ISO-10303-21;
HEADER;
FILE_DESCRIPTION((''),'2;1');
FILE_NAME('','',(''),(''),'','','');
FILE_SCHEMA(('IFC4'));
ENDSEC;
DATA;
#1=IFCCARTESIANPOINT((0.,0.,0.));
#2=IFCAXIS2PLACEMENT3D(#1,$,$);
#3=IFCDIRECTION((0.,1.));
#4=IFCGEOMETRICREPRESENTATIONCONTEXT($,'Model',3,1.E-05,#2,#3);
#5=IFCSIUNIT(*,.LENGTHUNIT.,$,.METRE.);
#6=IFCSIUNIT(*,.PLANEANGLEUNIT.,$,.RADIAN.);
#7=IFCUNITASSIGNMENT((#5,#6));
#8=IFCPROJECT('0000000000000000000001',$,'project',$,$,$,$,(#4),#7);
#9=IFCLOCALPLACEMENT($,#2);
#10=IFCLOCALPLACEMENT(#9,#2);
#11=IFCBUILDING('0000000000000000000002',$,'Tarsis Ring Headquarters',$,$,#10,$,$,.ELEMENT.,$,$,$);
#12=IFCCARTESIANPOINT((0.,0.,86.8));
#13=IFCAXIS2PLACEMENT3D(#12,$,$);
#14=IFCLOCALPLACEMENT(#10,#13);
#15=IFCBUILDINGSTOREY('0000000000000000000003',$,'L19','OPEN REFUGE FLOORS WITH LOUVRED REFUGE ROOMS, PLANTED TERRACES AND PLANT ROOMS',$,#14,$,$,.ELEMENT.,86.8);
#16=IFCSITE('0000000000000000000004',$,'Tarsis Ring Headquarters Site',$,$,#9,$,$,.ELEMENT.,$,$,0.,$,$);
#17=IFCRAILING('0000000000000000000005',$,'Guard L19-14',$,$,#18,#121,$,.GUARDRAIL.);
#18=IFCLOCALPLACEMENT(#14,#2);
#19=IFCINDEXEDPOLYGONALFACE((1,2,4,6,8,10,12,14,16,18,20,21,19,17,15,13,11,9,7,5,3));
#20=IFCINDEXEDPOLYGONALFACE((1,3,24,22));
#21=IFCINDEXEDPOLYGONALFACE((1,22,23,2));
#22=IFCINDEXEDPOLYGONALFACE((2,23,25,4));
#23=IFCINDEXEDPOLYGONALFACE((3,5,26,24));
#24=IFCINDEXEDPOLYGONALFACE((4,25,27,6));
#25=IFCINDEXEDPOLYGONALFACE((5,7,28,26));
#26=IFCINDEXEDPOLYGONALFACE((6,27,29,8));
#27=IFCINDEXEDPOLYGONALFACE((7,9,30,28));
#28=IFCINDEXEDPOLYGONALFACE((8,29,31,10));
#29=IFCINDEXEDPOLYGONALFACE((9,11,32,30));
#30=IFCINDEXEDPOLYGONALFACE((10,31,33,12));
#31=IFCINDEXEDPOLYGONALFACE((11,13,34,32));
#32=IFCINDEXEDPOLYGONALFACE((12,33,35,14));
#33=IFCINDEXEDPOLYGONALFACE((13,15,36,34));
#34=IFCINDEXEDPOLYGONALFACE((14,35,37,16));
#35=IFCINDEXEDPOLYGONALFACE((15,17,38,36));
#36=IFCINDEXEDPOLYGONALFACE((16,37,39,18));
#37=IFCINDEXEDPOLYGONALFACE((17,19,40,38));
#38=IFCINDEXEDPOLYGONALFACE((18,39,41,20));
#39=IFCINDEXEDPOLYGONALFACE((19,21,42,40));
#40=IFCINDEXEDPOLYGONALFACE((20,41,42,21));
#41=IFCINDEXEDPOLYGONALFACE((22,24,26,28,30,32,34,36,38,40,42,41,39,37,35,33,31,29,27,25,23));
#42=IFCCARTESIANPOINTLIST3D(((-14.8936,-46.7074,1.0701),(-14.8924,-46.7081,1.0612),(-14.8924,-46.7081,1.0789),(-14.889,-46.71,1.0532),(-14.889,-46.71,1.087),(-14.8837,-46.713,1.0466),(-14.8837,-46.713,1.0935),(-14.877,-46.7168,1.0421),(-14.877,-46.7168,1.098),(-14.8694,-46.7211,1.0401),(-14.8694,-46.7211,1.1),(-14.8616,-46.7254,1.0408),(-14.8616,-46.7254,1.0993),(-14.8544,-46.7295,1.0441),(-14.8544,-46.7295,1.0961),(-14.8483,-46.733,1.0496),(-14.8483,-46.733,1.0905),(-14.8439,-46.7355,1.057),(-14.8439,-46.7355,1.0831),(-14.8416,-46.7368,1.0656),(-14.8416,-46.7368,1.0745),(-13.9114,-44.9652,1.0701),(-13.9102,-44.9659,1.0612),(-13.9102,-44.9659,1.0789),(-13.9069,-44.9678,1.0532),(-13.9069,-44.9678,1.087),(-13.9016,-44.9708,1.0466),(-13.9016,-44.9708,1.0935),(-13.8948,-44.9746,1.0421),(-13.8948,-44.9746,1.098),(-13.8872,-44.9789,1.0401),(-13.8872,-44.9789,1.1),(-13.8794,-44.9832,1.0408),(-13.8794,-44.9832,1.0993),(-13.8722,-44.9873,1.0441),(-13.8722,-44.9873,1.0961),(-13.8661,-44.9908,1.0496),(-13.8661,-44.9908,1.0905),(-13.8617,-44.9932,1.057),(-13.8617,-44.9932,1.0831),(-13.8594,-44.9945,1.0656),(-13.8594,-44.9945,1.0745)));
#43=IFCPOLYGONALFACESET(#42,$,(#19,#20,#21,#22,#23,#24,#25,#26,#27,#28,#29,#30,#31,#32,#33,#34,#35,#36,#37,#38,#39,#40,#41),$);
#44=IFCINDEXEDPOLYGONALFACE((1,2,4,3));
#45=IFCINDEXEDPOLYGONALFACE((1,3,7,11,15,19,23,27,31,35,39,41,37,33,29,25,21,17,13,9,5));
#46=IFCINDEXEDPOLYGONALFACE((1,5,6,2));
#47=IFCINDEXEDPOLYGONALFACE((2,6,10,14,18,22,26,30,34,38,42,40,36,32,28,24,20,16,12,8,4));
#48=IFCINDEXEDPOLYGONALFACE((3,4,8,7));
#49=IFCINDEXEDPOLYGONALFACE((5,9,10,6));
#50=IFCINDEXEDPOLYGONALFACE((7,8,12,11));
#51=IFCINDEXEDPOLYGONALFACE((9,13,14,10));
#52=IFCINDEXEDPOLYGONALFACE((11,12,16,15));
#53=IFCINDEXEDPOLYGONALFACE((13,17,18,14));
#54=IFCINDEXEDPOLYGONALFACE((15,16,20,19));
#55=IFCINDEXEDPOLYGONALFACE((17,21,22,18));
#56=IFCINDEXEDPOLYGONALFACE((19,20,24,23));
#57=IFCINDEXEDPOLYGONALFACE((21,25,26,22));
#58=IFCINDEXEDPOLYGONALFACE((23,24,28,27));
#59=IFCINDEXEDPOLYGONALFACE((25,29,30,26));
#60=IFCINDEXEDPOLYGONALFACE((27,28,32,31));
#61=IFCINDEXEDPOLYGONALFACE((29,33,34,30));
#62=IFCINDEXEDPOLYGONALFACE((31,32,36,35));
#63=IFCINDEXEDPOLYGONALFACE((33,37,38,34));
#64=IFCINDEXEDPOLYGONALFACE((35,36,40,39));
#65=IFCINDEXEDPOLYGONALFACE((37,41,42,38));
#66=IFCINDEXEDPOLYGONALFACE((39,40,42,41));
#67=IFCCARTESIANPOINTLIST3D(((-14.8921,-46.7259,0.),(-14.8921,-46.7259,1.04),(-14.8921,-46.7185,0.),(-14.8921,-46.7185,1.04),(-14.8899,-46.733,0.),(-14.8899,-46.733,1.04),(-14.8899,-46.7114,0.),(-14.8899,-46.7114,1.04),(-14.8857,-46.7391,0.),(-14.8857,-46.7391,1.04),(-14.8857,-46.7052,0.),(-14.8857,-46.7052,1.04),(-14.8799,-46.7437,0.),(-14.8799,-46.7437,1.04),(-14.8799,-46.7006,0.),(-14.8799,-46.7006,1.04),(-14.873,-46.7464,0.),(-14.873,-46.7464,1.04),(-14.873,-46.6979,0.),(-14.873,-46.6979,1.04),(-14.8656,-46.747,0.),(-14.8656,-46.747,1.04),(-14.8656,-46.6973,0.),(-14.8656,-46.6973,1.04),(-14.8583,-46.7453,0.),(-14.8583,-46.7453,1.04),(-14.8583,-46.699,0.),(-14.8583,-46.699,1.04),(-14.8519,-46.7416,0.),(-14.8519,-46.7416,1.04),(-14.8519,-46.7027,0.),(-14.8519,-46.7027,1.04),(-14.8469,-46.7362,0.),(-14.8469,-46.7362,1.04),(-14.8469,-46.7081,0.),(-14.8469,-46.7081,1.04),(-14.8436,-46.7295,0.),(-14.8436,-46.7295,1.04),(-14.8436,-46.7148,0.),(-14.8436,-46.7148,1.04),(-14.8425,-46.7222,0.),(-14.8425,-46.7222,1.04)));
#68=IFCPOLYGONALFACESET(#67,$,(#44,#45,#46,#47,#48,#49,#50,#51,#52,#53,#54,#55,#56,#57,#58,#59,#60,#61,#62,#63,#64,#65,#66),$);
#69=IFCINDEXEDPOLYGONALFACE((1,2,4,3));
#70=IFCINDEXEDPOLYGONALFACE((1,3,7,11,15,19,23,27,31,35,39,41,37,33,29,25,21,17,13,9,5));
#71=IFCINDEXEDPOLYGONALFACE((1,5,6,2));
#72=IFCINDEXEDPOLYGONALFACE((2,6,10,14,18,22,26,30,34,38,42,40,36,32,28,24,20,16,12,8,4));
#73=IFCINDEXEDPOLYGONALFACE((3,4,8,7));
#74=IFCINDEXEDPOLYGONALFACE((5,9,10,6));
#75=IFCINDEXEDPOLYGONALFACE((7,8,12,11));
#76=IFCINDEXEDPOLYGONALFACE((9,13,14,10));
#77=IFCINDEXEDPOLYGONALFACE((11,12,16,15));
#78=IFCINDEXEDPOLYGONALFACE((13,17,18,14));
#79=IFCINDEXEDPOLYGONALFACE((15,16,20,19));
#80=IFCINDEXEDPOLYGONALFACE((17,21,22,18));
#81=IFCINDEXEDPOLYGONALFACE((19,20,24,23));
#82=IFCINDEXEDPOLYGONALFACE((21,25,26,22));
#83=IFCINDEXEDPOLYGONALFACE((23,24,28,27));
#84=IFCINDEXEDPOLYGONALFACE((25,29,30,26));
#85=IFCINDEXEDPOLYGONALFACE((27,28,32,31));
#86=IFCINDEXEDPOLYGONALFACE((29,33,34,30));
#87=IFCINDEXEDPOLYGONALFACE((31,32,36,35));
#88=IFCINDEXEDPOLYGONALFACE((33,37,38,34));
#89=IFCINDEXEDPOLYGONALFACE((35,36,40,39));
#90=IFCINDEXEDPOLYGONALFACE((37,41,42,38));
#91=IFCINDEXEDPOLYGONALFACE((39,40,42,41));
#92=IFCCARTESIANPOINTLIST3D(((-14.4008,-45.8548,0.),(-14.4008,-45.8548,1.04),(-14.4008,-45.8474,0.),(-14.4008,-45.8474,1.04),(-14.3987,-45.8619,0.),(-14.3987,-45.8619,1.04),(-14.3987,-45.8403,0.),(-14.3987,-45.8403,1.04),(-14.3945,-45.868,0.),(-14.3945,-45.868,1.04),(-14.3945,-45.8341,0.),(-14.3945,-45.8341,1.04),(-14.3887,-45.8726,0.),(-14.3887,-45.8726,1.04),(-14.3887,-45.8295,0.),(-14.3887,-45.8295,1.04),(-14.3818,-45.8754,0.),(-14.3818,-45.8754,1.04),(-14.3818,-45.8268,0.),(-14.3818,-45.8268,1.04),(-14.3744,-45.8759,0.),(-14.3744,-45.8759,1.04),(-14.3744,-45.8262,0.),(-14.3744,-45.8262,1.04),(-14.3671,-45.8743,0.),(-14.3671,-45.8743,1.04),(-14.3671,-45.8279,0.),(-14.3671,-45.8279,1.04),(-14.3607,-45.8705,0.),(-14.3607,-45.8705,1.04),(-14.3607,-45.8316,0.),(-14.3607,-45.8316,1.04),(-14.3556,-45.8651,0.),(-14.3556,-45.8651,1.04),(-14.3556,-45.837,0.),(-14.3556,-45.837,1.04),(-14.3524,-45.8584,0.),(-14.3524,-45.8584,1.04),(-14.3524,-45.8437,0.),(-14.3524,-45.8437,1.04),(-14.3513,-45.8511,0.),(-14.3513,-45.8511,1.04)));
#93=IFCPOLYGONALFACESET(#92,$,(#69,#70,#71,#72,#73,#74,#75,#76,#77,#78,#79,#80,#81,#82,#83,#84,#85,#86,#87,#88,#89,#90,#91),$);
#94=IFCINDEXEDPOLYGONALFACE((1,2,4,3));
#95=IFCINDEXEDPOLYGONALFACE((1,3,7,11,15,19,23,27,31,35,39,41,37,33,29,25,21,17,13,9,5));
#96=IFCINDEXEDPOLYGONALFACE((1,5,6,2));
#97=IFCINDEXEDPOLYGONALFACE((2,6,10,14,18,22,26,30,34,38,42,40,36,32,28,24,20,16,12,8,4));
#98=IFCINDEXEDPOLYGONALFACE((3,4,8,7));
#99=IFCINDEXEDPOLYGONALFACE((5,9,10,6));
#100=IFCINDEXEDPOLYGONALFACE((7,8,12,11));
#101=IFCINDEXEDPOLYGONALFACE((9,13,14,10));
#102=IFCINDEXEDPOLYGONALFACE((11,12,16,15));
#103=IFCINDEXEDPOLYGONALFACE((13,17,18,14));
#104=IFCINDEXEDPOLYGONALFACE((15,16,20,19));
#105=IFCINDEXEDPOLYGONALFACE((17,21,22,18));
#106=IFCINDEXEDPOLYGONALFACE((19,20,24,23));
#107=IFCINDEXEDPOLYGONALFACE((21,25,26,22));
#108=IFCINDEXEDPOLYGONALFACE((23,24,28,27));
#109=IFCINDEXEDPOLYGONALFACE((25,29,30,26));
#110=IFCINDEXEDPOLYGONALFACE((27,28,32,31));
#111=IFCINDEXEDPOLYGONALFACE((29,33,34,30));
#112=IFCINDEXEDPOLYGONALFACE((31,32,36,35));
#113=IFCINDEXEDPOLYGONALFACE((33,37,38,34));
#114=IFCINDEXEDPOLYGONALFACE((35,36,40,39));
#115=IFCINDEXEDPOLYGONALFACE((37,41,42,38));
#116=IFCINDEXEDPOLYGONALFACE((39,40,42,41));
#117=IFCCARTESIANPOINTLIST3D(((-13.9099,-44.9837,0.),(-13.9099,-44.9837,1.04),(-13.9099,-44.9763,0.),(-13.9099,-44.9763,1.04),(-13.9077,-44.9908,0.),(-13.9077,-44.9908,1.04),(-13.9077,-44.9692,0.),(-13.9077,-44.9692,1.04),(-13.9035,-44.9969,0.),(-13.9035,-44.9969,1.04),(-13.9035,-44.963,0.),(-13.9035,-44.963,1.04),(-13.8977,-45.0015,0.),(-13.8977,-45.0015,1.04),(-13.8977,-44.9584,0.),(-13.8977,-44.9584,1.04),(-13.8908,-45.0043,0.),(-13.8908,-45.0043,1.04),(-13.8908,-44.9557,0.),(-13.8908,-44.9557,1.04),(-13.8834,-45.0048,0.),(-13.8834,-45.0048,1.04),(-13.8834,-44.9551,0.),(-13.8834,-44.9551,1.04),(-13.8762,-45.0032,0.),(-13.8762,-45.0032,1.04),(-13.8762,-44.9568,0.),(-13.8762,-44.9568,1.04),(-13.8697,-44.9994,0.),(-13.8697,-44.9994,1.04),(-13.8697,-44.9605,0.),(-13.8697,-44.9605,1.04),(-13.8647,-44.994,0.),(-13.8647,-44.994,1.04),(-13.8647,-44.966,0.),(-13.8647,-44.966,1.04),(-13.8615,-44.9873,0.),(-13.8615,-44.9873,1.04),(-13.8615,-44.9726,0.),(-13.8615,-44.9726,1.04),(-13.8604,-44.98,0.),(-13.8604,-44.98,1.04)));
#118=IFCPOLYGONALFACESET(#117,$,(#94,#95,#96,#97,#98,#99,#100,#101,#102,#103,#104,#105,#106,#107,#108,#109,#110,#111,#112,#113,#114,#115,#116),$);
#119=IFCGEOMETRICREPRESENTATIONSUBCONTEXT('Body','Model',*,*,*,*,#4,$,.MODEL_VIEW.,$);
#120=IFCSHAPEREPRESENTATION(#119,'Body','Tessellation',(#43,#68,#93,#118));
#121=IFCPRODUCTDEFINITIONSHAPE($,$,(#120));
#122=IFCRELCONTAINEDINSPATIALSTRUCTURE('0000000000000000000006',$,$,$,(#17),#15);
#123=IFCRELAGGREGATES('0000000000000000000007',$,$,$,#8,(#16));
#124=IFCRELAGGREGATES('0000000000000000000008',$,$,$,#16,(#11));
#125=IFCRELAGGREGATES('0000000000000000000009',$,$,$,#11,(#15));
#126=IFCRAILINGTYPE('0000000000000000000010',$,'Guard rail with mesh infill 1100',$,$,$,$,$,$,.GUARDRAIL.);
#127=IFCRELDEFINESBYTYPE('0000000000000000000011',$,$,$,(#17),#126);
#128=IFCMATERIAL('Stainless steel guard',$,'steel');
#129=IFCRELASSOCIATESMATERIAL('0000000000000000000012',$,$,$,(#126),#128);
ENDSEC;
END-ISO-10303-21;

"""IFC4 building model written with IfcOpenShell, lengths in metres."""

from ifc_helpers import new_model, si_unit, direction, frame, origin, origin_2d, place, context, subcontext, project, spatial, circle, extrude, material, type_object, element, save


model = new_model("IFC4")

# Units and contexts
model_context = context("Model", 3, precision=1e-05, world=origin(), true_north=direction((0.0, 1.0)))
body_context = subcontext(model_context, "Body", "Model", "MODEL_VIEW")
ifc_project = project(units=[si_unit("LENGTHUNIT", "METRE"), si_unit("PLANEANGLEUNIT", "RADIAN")], contexts=[model_context])

# Site, building, storey
site_placement = place(None, origin())
site = spatial("IfcSite", under=ifc_project, at=site_placement, Name="Tarsis Ring Headquarters Site", CompositionType="ELEMENT", RefElevation=0.0)
building_placement = place(site_placement, origin())
building = spatial("IfcBuilding", under=site, at=building_placement, Name="Tarsis Ring Headquarters", CompositionType="ELEMENT")
storey_placement = place(building_placement, frame((0.0, 0.0, 86.8)))
storey = spatial("IfcBuildingStorey", under=building, at=storey_placement, Name="L19", Description="OPEN REFUGE FLOORS WITH LOUVRED REFUGE ROOMS, PLANTED TERRACES AND PLANT ROOMS", CompositionType="ELEMENT", Elevation=86.8)

# Railing
ifc_material_1 = material(Name="Stainless steel guard", Category="steel")
railing_type_1 = type_object("IfcRailingType", Name="Guard rail with mesh infill 1100", PredefinedType="GUARDRAIL", material=ifc_material_1)
railing_1_placement = place(storey_placement, frame((-14.8674, -46.7222, 0.0)))
element("IfcRailing", 1, at=railing_1_placement, inside=storey, type_object=railing_type_1, Name="Guard L19-14", PredefinedType="GUARDRAIL", context=body_context, shape_type="SweptSolid", body=[
    extrude(circle(Radius=0.03, at=origin_2d()), frame((0.0, 0.0, 1.0701), z_axis=(0.491096, 0.871106, 0.0), x_axis=(-0.871106, 0.491096, 0.0)), (0.0, 0.0, 1.0), 2.0),
    extrude(circle(Radius=0.0249, at=origin_2d()), origin(), (0.0, 0.0, 1.0), 1.04),
    extrude(circle(Radius=0.0249, at=origin_2d()), frame((0.4912, 0.8711, 0.0)), (0.0, 0.0, 1.0), 1.04),
    extrude(circle(Radius=0.0249, at=origin_2d()), frame((0.9822, 1.7422, 0.0)), (0.0, 0.0, 1.0), 1.04),
])

save(model, "model.ifc")
